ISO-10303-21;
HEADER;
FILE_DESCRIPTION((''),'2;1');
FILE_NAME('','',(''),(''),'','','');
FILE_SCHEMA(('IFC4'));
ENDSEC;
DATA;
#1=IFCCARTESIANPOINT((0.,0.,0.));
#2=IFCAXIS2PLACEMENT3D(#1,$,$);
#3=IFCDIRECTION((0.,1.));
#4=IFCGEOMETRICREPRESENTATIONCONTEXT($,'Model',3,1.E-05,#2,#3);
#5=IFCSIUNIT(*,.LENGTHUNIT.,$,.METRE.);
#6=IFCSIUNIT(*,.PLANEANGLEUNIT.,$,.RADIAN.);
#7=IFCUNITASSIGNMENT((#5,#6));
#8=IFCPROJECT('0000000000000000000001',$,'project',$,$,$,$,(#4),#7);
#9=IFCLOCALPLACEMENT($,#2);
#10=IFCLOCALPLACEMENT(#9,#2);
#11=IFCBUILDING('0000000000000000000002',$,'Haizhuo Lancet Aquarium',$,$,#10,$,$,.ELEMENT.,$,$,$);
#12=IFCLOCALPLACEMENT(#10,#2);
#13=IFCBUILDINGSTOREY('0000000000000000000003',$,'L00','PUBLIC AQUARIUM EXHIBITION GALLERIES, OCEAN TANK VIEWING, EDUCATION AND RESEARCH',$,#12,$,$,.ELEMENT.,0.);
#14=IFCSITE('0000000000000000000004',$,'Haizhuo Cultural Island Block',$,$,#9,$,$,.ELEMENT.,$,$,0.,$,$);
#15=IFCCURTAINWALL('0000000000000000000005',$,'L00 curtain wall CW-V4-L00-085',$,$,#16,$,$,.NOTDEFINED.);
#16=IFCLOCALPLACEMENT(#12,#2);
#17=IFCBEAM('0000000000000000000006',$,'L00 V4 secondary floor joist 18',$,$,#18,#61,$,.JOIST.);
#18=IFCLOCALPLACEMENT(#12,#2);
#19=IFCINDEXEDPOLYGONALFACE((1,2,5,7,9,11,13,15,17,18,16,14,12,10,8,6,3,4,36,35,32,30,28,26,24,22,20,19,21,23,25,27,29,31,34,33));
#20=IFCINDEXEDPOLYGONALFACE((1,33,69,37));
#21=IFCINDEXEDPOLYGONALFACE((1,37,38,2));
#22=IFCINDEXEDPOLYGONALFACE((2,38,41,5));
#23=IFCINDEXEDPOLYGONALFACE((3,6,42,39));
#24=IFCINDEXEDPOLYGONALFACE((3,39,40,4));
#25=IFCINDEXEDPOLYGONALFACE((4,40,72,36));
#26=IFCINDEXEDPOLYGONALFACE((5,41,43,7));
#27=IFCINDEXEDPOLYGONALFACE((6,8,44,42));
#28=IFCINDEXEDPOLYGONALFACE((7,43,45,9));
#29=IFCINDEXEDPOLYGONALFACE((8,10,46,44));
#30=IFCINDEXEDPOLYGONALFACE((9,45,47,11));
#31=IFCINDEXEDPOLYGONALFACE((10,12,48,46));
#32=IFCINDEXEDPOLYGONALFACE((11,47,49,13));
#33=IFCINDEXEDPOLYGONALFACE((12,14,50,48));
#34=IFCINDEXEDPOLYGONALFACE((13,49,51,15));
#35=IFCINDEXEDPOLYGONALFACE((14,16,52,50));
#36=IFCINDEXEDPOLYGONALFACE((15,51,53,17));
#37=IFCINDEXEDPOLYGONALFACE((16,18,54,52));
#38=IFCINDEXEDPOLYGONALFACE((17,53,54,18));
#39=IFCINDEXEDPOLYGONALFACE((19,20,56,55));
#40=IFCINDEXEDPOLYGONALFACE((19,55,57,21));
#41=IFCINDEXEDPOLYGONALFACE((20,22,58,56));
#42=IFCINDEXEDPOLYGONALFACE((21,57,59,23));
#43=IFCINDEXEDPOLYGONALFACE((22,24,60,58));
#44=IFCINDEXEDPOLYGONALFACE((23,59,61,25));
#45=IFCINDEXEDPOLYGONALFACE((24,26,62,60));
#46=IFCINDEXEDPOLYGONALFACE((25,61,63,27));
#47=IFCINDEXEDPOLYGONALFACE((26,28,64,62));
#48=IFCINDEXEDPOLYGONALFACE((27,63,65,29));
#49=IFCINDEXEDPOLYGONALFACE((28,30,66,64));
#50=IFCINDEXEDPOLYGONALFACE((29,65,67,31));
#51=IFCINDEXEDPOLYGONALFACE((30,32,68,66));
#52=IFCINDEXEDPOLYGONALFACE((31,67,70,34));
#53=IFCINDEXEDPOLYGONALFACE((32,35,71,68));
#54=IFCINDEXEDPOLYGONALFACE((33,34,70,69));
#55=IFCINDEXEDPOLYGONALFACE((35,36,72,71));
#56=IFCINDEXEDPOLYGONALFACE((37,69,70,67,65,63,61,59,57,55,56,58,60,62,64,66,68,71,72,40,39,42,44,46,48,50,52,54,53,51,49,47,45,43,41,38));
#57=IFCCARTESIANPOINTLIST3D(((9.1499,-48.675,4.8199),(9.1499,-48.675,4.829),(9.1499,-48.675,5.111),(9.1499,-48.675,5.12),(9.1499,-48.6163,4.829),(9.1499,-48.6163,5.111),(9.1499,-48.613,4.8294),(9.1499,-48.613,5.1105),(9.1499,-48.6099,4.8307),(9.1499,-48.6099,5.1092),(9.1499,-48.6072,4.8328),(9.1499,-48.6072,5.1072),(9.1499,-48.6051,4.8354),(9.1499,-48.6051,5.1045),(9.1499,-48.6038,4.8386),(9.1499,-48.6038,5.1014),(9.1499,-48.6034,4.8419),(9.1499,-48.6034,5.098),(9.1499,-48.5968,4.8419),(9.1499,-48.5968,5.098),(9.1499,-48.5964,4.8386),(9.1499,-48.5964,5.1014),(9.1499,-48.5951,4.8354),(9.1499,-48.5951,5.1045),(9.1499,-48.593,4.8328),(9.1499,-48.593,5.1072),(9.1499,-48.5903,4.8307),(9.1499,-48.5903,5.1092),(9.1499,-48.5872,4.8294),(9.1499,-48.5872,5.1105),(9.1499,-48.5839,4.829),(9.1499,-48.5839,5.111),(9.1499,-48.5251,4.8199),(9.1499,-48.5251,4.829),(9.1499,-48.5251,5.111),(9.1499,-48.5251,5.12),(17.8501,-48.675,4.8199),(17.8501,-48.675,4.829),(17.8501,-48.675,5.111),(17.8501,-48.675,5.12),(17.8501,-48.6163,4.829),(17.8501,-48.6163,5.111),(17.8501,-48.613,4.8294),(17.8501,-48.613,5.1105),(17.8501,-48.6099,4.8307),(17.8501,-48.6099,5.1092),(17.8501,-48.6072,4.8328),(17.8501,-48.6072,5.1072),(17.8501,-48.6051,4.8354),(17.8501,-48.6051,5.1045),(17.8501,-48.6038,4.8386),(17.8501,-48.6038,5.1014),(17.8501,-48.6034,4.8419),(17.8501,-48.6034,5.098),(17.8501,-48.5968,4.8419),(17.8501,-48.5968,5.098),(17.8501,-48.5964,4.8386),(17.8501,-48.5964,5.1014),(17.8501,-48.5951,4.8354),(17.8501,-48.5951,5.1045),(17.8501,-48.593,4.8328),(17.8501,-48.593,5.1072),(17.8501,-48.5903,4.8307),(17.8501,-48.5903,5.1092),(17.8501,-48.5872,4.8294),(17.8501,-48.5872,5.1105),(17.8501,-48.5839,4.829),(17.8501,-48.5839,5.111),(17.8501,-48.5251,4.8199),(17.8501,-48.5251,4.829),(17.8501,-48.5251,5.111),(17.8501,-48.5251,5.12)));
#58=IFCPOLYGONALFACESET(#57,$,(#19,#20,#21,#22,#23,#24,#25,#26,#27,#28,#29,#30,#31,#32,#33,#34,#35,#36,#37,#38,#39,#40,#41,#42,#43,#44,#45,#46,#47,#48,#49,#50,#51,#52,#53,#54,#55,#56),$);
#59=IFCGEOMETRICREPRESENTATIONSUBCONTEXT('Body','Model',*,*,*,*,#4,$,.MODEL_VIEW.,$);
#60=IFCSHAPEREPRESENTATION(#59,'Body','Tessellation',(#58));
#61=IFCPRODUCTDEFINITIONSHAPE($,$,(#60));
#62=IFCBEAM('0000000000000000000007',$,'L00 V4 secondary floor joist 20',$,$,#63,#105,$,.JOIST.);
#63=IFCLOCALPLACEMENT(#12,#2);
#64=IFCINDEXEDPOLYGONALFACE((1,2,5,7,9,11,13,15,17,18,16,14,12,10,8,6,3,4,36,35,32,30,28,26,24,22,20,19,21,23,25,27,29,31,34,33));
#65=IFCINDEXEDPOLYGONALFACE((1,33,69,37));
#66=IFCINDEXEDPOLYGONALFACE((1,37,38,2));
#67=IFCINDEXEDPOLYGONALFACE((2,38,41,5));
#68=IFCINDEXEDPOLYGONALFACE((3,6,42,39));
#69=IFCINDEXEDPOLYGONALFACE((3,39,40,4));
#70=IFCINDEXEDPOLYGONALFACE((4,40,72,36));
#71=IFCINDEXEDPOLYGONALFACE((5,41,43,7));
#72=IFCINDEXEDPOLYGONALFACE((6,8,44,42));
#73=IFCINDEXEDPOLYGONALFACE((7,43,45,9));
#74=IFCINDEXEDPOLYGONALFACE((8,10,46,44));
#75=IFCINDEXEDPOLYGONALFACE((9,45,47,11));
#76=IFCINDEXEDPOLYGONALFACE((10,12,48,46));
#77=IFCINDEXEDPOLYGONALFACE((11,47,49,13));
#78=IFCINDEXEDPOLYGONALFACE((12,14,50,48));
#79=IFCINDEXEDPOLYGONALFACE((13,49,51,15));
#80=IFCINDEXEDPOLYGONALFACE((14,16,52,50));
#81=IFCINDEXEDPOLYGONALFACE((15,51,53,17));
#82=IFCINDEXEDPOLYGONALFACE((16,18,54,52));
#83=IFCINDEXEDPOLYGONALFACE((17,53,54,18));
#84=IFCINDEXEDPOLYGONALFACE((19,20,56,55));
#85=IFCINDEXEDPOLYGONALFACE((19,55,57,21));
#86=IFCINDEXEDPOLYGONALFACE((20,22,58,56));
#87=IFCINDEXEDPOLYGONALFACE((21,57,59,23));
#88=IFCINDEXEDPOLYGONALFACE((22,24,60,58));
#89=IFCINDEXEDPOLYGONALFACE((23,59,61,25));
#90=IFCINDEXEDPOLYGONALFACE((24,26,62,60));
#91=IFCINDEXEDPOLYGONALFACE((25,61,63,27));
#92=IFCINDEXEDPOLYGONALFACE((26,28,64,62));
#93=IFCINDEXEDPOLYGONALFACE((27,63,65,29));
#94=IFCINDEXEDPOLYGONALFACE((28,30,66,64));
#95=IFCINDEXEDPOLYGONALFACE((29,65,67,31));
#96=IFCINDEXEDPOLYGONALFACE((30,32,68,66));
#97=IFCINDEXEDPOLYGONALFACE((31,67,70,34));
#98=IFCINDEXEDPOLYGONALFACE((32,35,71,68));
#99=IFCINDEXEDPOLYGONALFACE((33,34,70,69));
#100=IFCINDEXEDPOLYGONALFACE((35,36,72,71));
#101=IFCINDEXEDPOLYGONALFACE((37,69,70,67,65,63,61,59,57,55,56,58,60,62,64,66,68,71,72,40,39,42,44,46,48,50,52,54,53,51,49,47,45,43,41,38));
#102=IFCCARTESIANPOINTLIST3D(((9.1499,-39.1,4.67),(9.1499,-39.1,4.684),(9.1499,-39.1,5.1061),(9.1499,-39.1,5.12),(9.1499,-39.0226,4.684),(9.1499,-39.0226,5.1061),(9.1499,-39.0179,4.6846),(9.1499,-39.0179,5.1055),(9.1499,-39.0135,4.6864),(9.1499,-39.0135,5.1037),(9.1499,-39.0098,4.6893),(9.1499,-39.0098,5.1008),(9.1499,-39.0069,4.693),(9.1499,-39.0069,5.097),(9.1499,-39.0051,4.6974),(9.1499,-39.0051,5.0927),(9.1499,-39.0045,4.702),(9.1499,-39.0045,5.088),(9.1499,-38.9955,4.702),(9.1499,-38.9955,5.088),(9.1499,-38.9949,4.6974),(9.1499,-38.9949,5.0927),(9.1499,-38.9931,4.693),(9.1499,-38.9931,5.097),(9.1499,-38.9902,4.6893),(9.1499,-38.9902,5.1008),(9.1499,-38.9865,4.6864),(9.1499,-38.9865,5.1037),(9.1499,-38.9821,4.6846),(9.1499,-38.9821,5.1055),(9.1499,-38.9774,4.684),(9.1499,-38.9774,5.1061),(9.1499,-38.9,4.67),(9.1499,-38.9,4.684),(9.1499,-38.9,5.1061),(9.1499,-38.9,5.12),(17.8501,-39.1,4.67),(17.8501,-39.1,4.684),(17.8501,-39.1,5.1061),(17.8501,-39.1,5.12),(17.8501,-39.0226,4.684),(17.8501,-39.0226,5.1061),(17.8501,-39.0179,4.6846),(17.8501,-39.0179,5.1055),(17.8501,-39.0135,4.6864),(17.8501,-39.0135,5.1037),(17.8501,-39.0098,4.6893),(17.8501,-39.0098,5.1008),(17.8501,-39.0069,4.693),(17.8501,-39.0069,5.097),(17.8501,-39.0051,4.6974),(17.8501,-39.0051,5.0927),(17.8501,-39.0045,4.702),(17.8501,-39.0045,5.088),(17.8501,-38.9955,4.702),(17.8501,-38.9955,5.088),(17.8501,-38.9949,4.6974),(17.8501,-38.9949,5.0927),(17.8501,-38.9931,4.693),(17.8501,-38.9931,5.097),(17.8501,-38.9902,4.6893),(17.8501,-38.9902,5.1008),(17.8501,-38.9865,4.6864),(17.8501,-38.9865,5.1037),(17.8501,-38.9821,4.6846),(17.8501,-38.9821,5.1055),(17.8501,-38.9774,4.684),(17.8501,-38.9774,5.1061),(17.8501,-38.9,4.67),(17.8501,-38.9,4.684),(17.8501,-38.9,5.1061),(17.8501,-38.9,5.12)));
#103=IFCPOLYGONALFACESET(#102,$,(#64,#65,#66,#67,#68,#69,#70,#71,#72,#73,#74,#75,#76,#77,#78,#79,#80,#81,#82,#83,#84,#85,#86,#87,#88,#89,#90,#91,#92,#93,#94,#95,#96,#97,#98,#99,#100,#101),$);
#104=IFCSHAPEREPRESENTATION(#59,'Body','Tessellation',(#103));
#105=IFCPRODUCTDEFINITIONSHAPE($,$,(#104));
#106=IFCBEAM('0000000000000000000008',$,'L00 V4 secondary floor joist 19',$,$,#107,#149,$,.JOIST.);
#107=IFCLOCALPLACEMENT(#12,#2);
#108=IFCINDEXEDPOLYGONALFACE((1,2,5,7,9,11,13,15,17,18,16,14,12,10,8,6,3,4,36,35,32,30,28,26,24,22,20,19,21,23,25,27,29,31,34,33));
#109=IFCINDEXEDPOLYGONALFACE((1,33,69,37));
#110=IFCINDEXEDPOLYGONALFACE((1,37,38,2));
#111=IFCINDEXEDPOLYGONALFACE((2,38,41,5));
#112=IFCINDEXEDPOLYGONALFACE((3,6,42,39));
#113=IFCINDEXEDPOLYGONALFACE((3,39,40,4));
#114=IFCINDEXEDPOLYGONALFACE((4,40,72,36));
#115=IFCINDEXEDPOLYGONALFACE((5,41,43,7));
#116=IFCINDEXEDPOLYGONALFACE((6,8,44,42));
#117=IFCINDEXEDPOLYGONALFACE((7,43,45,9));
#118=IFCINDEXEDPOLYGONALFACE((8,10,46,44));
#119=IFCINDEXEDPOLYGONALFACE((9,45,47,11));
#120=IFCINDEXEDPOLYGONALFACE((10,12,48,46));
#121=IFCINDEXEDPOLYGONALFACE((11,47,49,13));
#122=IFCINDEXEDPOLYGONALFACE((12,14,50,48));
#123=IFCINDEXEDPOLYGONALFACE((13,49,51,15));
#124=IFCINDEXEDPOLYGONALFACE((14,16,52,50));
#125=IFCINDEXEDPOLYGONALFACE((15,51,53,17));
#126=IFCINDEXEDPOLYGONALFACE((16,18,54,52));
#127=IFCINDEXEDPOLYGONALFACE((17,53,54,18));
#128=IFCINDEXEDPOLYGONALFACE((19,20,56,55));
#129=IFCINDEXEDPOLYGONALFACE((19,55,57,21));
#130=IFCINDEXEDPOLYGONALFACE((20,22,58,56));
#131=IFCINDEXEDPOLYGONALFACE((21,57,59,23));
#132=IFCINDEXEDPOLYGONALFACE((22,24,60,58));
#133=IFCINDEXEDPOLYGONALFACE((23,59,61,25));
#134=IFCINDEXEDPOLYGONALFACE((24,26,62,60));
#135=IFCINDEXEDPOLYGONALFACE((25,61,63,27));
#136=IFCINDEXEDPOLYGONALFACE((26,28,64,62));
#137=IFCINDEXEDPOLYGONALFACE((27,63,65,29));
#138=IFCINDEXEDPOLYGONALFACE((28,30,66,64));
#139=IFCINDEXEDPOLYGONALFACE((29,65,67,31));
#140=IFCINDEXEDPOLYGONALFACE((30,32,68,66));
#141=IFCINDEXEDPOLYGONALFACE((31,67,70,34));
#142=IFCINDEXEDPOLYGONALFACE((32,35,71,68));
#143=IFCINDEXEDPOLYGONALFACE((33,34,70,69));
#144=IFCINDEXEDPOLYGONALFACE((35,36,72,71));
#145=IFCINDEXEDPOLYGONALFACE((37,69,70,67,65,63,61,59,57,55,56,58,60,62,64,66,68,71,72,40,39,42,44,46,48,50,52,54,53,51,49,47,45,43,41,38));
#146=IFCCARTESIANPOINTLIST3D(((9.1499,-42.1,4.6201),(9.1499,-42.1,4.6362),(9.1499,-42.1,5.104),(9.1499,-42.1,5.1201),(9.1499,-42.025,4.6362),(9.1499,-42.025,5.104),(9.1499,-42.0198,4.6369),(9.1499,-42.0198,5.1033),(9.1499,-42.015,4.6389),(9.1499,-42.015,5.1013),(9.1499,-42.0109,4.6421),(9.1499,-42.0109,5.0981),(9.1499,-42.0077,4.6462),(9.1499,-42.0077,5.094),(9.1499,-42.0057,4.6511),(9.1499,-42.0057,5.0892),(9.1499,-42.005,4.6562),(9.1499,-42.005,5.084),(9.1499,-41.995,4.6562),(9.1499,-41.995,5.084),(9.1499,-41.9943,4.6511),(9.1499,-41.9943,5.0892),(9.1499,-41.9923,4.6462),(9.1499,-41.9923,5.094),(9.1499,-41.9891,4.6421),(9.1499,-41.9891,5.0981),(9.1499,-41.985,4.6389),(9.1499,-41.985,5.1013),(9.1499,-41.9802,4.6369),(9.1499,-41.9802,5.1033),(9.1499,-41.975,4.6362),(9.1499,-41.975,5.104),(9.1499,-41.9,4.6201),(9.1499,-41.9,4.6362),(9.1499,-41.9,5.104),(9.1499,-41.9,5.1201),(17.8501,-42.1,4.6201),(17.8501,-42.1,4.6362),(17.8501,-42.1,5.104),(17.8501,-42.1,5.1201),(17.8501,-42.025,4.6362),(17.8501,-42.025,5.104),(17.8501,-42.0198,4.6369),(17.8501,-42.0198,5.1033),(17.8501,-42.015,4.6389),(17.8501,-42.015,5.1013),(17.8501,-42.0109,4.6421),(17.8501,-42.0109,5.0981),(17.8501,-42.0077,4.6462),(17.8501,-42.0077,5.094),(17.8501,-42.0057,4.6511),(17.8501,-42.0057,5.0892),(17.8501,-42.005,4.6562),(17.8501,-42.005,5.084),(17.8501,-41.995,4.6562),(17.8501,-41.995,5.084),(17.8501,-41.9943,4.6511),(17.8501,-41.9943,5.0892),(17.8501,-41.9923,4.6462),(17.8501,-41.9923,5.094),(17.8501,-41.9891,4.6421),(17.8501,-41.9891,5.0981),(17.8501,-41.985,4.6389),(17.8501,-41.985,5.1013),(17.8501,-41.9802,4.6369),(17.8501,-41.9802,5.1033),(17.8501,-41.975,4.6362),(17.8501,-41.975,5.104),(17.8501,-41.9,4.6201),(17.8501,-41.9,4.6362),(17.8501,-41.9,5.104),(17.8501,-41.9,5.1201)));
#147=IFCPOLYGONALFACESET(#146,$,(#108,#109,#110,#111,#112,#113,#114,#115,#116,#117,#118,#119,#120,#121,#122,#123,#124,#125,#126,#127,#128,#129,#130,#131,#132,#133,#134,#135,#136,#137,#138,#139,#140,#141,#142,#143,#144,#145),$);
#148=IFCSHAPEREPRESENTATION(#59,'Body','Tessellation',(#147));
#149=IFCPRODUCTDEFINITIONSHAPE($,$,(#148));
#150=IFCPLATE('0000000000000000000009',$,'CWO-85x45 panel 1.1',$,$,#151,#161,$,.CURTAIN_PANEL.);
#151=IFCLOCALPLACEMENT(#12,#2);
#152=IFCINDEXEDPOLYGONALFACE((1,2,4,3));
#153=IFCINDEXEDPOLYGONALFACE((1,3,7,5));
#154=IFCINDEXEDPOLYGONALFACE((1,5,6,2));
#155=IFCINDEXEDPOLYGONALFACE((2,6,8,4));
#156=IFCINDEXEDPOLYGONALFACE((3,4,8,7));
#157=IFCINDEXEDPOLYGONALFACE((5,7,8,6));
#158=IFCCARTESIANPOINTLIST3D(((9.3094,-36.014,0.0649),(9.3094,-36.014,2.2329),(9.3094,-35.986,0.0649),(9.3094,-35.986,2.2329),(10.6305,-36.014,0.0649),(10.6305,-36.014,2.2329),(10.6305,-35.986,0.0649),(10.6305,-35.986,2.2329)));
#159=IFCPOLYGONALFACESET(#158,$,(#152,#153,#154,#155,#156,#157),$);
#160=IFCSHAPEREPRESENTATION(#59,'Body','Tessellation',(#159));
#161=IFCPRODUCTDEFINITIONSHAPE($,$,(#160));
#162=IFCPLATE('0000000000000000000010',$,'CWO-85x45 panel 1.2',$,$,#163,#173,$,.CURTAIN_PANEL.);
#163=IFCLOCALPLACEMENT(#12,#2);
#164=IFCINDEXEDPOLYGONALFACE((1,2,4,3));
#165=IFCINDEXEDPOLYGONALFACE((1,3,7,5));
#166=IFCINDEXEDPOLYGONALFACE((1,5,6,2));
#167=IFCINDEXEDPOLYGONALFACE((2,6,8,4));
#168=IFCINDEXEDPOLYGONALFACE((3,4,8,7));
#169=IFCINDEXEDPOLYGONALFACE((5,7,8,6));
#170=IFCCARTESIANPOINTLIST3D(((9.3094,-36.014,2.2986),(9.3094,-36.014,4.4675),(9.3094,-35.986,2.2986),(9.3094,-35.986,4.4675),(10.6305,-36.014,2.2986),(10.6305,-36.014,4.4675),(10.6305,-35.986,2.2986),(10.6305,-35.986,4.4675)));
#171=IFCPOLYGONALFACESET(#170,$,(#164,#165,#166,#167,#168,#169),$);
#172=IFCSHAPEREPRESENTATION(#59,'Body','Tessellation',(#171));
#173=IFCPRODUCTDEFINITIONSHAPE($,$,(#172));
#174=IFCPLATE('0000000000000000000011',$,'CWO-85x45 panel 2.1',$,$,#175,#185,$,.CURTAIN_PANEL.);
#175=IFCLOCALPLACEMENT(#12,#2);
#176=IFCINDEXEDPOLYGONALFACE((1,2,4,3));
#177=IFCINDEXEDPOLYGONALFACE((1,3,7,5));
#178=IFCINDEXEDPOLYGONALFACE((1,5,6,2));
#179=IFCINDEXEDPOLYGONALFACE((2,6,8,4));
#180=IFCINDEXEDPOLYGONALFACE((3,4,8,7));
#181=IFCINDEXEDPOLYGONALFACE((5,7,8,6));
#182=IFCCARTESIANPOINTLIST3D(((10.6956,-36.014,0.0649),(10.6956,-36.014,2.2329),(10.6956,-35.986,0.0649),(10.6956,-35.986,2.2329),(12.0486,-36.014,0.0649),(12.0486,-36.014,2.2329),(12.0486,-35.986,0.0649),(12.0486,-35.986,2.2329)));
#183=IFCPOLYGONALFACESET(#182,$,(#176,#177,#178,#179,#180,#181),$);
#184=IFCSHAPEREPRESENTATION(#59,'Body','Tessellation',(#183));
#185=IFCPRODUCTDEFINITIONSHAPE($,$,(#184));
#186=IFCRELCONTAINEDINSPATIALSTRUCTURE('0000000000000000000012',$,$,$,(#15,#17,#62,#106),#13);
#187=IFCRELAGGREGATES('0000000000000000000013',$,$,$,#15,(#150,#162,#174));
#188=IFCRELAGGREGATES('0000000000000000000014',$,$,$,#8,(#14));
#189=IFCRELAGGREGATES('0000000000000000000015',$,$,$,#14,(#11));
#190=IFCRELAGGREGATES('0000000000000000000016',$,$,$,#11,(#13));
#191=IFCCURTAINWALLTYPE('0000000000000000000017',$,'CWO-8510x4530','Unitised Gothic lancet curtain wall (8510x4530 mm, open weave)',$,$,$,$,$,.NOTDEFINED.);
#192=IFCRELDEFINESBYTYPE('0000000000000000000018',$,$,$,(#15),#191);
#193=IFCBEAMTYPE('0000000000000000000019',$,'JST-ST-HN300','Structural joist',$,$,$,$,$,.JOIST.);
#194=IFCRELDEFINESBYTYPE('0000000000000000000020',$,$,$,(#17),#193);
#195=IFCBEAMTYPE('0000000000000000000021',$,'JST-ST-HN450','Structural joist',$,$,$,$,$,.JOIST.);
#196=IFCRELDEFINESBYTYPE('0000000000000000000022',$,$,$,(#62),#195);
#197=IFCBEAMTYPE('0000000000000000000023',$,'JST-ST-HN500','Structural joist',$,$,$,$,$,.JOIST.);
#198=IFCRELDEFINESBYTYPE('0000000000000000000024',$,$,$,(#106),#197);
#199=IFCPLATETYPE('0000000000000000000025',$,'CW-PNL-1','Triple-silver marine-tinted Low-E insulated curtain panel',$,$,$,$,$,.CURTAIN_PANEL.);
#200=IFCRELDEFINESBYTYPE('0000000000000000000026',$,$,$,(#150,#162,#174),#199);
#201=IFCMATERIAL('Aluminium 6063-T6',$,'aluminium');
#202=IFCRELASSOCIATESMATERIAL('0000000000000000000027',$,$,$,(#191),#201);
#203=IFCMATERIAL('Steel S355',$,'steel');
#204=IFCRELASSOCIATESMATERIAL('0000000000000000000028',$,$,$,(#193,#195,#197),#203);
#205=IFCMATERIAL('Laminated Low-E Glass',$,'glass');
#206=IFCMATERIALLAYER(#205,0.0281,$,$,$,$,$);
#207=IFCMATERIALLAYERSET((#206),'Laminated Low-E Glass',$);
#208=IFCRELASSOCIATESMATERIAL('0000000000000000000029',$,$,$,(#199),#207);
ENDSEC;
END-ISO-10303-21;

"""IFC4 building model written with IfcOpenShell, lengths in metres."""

from ifc_helpers import new_model, si_unit, direction, frame, origin, origin_2d, place, context, subcontext, project, spatial, rectangle, i_section, extrude, material, layer, layer_set, material_profile, profile_set, type_object, element, aggregate, save


model = new_model("IFC4")

# Units and contexts
model_context = context("Model", 3, precision=1e-05, world=origin(), true_north=direction((0.0, 1.0)))
body_context = subcontext(model_context, "Body", "Model", "MODEL_VIEW")
ifc_project = project(units=[si_unit("LENGTHUNIT", "METRE"), si_unit("PLANEANGLEUNIT", "RADIAN")], contexts=[model_context])

# Site, building, storey
site_placement = place(None, origin())
site = spatial("IfcSite", under=ifc_project, at=site_placement, Name="Haizhuo Cultural Island Block", CompositionType="ELEMENT", RefElevation=0.0)
building_placement = place(site_placement, origin())
building = spatial("IfcBuilding", under=site, at=building_placement, Name="Haizhuo Lancet Aquarium", CompositionType="ELEMENT")
storey_placement = place(building_placement, origin())
storey = spatial("IfcBuildingStorey", under=building, at=storey_placement, Name="L00", Description="PUBLIC AQUARIUM EXHIBITION GALLERIES, OCEAN TANK VIEWING, EDUCATION AND RESEARCH", CompositionType="ELEMENT", Elevation=0.0)

# Shared definitions
ifc_material_1 = material(Name="Steel S355", Category="steel")

# Curtain wall
ifc_material_2 = material(Name="Aluminium 6063-T6", Category="aluminium")
curtain_wall_type_1 = type_object("IfcCurtainWallType", Name="CWO-8510x4530", Description="Unitised Gothic lancet curtain wall (8510x4530 mm, open weave)", PredefinedType="NOTDEFINED", material=ifc_material_2)
curtain_wall_1_placement = place(storey_placement, origin())
curtain_wall_1 = element("IfcCurtainWall", 1, at=curtain_wall_1_placement, inside=storey, type_object=curtain_wall_type_1, Name="L00 curtain wall CW-V4-L00-085", PredefinedType="NOTDEFINED")

# Beams
ifc_material_profile_1 = material_profile(ifc_material_1, i_section(OverallWidth=0.1499, OverallDepth=0.3, WebThickness=0.0066, FlangeThickness=0.009, FilletRadius=0.0129, at=origin_2d()), Name="HN 300x150x6.5x9")
ifc_profile_set_1 = profile_set([ifc_material_profile_1], Name="Steel S355")
beam_type_1 = type_object("IfcBeamType", Name="JST-ST-HN300", Description="Structural joist", PredefinedType="JOIST", material=ifc_profile_set_1)
beam_1_placement = place(storey_placement, frame((9.1499, -48.6001, 4.97), z_axis=(1.0, 0.0, 0.0), x_axis=(0.0, 1.0, 0.0)))
element("IfcBeam", 2, at=beam_1_placement, inside=storey, type_object=beam_type_1, Name="L00 V4 secondary floor joist 18", PredefinedType="JOIST", context=body_context, shape_type="SweptSolid", body=[
    extrude(i_section(OverallWidth=0.1499, OverallDepth=0.3, WebThickness=0.0066, FlangeThickness=0.009, FilletRadius=0.0129, at=origin_2d()), origin(), (0.0, 0.0, 1.0), 8.7002),
])
ifc_material_profile_2 = material_profile(ifc_material_1, i_section(OverallWidth=0.2, OverallDepth=0.45, WebThickness=0.009, FlangeThickness=0.0139, FilletRadius=0.0181, at=origin_2d()), Name="HN 450x200x9x14")
ifc_profile_set_2 = profile_set([ifc_material_profile_2], Name="Steel S355")
beam_type_2 = type_object("IfcBeamType", Name="JST-ST-HN450", Description="Structural joist", PredefinedType="JOIST", material=ifc_profile_set_2)
beam_2_placement = place(storey_placement, frame((9.1499, -39.0, 4.895), z_axis=(1.0, 0.0, 0.0), x_axis=(0.0, 1.0, 0.0)))
element("IfcBeam", 3, at=beam_2_placement, inside=storey, type_object=beam_type_2, Name="L00 V4 secondary floor joist 20", PredefinedType="JOIST", context=body_context, shape_type="SweptSolid", body=[
    extrude(i_section(OverallWidth=0.2, OverallDepth=0.45, WebThickness=0.009, FlangeThickness=0.0139, FilletRadius=0.0181, at=origin_2d()), origin(), (0.0, 0.0, 1.0), 8.7002),
])
ifc_material_profile_3 = material_profile(ifc_material_1, i_section(OverallWidth=0.2, OverallDepth=0.5, WebThickness=0.01, FlangeThickness=0.0161, FilletRadius=0.02, at=origin_2d()), Name="HN 500x200x10x16")
ifc_profile_set_3 = profile_set([ifc_material_profile_3], Name="Steel S355")
beam_type_3 = type_object("IfcBeamType", Name="JST-ST-HN500", Description="Structural joist", PredefinedType="JOIST", material=ifc_profile_set_3)
beam_3_placement = place(storey_placement, frame((9.1499, -42.0, 4.8701), z_axis=(1.0, 0.0, 0.0), x_axis=(0.0, 1.0, 0.0)))
element("IfcBeam", 4, at=beam_3_placement, inside=storey, type_object=beam_type_3, Name="L00 V4 secondary floor joist 19", PredefinedType="JOIST", context=body_context, shape_type="SweptSolid", body=[
    extrude(i_section(OverallWidth=0.2, OverallDepth=0.5, WebThickness=0.01, FlangeThickness=0.0161, FilletRadius=0.02, at=origin_2d()), origin(), (0.0, 0.0, 1.0), 8.7002),
])

# Plates
ifc_material_3 = material(Name="Laminated Low-E Glass", Category="glass")
ifc_layer_1 = layer(ifc_material_3, 0.0281)
ifc_layer_set_1 = layer_set([ifc_layer_1], Name="Laminated Low-E Glass")
plate_type_1 = type_object("IfcPlateType", Name="CW-PNL-1", Description="Triple-silver marine-tinted Low-E insulated curtain panel", PredefinedType="CURTAIN_PANEL", material=ifc_layer_set_1)
plate_1_placement = place(storey_placement, frame((9.97, -36.0, 0.0649), z_axis=(0.0, 0.0, 1.0), x_axis=(1.0, 0.0, 0.0)))
plate_1 = element("IfcPlate", 5, at=plate_1_placement, type_object=plate_type_1, Name="CWO-85x45 panel 1.1", PredefinedType="CURTAIN_PANEL", context=body_context, shape_type="SweptSolid", body=[
    extrude(rectangle(XDim=1.321, YDim=0.0281, at=origin_2d()), origin(), (0.0, 0.0, 1.0), 2.168),
])
plate_2_placement = place(storey_placement, frame((9.97, -36.0, 2.2986), z_axis=(0.0, 0.0, 1.0), x_axis=(1.0, 0.0, 0.0)))
plate_2 = element("IfcPlate", 6, at=plate_2_placement, type_object=plate_type_1, Name="CWO-85x45 panel 1.2", PredefinedType="CURTAIN_PANEL", context=body_context, shape_type="SweptSolid", body=[
    extrude(rectangle(XDim=1.321, YDim=0.0281, at=origin_2d()), origin(), (0.0, 0.0, 1.0), 2.1689),
])
plate_3_placement = place(storey_placement, frame((11.3721, -36.0, 0.0649), z_axis=(0.0, 0.0, 1.0), x_axis=(1.0, 0.0, 0.0)))
plate_3 = element("IfcPlate", 7, at=plate_3_placement, type_object=plate_type_1, Name="CWO-85x45 panel 2.1", PredefinedType="CURTAIN_PANEL", context=body_context, shape_type="SweptSolid", body=[
    extrude(rectangle(XDim=1.353, YDim=0.0281, at=origin_2d()), origin(), (0.0, 0.0, 1.0), 2.168),
])
aggregate(curtain_wall_1, [plate_1, plate_2, plate_3])

save(model, "model.ifc")
